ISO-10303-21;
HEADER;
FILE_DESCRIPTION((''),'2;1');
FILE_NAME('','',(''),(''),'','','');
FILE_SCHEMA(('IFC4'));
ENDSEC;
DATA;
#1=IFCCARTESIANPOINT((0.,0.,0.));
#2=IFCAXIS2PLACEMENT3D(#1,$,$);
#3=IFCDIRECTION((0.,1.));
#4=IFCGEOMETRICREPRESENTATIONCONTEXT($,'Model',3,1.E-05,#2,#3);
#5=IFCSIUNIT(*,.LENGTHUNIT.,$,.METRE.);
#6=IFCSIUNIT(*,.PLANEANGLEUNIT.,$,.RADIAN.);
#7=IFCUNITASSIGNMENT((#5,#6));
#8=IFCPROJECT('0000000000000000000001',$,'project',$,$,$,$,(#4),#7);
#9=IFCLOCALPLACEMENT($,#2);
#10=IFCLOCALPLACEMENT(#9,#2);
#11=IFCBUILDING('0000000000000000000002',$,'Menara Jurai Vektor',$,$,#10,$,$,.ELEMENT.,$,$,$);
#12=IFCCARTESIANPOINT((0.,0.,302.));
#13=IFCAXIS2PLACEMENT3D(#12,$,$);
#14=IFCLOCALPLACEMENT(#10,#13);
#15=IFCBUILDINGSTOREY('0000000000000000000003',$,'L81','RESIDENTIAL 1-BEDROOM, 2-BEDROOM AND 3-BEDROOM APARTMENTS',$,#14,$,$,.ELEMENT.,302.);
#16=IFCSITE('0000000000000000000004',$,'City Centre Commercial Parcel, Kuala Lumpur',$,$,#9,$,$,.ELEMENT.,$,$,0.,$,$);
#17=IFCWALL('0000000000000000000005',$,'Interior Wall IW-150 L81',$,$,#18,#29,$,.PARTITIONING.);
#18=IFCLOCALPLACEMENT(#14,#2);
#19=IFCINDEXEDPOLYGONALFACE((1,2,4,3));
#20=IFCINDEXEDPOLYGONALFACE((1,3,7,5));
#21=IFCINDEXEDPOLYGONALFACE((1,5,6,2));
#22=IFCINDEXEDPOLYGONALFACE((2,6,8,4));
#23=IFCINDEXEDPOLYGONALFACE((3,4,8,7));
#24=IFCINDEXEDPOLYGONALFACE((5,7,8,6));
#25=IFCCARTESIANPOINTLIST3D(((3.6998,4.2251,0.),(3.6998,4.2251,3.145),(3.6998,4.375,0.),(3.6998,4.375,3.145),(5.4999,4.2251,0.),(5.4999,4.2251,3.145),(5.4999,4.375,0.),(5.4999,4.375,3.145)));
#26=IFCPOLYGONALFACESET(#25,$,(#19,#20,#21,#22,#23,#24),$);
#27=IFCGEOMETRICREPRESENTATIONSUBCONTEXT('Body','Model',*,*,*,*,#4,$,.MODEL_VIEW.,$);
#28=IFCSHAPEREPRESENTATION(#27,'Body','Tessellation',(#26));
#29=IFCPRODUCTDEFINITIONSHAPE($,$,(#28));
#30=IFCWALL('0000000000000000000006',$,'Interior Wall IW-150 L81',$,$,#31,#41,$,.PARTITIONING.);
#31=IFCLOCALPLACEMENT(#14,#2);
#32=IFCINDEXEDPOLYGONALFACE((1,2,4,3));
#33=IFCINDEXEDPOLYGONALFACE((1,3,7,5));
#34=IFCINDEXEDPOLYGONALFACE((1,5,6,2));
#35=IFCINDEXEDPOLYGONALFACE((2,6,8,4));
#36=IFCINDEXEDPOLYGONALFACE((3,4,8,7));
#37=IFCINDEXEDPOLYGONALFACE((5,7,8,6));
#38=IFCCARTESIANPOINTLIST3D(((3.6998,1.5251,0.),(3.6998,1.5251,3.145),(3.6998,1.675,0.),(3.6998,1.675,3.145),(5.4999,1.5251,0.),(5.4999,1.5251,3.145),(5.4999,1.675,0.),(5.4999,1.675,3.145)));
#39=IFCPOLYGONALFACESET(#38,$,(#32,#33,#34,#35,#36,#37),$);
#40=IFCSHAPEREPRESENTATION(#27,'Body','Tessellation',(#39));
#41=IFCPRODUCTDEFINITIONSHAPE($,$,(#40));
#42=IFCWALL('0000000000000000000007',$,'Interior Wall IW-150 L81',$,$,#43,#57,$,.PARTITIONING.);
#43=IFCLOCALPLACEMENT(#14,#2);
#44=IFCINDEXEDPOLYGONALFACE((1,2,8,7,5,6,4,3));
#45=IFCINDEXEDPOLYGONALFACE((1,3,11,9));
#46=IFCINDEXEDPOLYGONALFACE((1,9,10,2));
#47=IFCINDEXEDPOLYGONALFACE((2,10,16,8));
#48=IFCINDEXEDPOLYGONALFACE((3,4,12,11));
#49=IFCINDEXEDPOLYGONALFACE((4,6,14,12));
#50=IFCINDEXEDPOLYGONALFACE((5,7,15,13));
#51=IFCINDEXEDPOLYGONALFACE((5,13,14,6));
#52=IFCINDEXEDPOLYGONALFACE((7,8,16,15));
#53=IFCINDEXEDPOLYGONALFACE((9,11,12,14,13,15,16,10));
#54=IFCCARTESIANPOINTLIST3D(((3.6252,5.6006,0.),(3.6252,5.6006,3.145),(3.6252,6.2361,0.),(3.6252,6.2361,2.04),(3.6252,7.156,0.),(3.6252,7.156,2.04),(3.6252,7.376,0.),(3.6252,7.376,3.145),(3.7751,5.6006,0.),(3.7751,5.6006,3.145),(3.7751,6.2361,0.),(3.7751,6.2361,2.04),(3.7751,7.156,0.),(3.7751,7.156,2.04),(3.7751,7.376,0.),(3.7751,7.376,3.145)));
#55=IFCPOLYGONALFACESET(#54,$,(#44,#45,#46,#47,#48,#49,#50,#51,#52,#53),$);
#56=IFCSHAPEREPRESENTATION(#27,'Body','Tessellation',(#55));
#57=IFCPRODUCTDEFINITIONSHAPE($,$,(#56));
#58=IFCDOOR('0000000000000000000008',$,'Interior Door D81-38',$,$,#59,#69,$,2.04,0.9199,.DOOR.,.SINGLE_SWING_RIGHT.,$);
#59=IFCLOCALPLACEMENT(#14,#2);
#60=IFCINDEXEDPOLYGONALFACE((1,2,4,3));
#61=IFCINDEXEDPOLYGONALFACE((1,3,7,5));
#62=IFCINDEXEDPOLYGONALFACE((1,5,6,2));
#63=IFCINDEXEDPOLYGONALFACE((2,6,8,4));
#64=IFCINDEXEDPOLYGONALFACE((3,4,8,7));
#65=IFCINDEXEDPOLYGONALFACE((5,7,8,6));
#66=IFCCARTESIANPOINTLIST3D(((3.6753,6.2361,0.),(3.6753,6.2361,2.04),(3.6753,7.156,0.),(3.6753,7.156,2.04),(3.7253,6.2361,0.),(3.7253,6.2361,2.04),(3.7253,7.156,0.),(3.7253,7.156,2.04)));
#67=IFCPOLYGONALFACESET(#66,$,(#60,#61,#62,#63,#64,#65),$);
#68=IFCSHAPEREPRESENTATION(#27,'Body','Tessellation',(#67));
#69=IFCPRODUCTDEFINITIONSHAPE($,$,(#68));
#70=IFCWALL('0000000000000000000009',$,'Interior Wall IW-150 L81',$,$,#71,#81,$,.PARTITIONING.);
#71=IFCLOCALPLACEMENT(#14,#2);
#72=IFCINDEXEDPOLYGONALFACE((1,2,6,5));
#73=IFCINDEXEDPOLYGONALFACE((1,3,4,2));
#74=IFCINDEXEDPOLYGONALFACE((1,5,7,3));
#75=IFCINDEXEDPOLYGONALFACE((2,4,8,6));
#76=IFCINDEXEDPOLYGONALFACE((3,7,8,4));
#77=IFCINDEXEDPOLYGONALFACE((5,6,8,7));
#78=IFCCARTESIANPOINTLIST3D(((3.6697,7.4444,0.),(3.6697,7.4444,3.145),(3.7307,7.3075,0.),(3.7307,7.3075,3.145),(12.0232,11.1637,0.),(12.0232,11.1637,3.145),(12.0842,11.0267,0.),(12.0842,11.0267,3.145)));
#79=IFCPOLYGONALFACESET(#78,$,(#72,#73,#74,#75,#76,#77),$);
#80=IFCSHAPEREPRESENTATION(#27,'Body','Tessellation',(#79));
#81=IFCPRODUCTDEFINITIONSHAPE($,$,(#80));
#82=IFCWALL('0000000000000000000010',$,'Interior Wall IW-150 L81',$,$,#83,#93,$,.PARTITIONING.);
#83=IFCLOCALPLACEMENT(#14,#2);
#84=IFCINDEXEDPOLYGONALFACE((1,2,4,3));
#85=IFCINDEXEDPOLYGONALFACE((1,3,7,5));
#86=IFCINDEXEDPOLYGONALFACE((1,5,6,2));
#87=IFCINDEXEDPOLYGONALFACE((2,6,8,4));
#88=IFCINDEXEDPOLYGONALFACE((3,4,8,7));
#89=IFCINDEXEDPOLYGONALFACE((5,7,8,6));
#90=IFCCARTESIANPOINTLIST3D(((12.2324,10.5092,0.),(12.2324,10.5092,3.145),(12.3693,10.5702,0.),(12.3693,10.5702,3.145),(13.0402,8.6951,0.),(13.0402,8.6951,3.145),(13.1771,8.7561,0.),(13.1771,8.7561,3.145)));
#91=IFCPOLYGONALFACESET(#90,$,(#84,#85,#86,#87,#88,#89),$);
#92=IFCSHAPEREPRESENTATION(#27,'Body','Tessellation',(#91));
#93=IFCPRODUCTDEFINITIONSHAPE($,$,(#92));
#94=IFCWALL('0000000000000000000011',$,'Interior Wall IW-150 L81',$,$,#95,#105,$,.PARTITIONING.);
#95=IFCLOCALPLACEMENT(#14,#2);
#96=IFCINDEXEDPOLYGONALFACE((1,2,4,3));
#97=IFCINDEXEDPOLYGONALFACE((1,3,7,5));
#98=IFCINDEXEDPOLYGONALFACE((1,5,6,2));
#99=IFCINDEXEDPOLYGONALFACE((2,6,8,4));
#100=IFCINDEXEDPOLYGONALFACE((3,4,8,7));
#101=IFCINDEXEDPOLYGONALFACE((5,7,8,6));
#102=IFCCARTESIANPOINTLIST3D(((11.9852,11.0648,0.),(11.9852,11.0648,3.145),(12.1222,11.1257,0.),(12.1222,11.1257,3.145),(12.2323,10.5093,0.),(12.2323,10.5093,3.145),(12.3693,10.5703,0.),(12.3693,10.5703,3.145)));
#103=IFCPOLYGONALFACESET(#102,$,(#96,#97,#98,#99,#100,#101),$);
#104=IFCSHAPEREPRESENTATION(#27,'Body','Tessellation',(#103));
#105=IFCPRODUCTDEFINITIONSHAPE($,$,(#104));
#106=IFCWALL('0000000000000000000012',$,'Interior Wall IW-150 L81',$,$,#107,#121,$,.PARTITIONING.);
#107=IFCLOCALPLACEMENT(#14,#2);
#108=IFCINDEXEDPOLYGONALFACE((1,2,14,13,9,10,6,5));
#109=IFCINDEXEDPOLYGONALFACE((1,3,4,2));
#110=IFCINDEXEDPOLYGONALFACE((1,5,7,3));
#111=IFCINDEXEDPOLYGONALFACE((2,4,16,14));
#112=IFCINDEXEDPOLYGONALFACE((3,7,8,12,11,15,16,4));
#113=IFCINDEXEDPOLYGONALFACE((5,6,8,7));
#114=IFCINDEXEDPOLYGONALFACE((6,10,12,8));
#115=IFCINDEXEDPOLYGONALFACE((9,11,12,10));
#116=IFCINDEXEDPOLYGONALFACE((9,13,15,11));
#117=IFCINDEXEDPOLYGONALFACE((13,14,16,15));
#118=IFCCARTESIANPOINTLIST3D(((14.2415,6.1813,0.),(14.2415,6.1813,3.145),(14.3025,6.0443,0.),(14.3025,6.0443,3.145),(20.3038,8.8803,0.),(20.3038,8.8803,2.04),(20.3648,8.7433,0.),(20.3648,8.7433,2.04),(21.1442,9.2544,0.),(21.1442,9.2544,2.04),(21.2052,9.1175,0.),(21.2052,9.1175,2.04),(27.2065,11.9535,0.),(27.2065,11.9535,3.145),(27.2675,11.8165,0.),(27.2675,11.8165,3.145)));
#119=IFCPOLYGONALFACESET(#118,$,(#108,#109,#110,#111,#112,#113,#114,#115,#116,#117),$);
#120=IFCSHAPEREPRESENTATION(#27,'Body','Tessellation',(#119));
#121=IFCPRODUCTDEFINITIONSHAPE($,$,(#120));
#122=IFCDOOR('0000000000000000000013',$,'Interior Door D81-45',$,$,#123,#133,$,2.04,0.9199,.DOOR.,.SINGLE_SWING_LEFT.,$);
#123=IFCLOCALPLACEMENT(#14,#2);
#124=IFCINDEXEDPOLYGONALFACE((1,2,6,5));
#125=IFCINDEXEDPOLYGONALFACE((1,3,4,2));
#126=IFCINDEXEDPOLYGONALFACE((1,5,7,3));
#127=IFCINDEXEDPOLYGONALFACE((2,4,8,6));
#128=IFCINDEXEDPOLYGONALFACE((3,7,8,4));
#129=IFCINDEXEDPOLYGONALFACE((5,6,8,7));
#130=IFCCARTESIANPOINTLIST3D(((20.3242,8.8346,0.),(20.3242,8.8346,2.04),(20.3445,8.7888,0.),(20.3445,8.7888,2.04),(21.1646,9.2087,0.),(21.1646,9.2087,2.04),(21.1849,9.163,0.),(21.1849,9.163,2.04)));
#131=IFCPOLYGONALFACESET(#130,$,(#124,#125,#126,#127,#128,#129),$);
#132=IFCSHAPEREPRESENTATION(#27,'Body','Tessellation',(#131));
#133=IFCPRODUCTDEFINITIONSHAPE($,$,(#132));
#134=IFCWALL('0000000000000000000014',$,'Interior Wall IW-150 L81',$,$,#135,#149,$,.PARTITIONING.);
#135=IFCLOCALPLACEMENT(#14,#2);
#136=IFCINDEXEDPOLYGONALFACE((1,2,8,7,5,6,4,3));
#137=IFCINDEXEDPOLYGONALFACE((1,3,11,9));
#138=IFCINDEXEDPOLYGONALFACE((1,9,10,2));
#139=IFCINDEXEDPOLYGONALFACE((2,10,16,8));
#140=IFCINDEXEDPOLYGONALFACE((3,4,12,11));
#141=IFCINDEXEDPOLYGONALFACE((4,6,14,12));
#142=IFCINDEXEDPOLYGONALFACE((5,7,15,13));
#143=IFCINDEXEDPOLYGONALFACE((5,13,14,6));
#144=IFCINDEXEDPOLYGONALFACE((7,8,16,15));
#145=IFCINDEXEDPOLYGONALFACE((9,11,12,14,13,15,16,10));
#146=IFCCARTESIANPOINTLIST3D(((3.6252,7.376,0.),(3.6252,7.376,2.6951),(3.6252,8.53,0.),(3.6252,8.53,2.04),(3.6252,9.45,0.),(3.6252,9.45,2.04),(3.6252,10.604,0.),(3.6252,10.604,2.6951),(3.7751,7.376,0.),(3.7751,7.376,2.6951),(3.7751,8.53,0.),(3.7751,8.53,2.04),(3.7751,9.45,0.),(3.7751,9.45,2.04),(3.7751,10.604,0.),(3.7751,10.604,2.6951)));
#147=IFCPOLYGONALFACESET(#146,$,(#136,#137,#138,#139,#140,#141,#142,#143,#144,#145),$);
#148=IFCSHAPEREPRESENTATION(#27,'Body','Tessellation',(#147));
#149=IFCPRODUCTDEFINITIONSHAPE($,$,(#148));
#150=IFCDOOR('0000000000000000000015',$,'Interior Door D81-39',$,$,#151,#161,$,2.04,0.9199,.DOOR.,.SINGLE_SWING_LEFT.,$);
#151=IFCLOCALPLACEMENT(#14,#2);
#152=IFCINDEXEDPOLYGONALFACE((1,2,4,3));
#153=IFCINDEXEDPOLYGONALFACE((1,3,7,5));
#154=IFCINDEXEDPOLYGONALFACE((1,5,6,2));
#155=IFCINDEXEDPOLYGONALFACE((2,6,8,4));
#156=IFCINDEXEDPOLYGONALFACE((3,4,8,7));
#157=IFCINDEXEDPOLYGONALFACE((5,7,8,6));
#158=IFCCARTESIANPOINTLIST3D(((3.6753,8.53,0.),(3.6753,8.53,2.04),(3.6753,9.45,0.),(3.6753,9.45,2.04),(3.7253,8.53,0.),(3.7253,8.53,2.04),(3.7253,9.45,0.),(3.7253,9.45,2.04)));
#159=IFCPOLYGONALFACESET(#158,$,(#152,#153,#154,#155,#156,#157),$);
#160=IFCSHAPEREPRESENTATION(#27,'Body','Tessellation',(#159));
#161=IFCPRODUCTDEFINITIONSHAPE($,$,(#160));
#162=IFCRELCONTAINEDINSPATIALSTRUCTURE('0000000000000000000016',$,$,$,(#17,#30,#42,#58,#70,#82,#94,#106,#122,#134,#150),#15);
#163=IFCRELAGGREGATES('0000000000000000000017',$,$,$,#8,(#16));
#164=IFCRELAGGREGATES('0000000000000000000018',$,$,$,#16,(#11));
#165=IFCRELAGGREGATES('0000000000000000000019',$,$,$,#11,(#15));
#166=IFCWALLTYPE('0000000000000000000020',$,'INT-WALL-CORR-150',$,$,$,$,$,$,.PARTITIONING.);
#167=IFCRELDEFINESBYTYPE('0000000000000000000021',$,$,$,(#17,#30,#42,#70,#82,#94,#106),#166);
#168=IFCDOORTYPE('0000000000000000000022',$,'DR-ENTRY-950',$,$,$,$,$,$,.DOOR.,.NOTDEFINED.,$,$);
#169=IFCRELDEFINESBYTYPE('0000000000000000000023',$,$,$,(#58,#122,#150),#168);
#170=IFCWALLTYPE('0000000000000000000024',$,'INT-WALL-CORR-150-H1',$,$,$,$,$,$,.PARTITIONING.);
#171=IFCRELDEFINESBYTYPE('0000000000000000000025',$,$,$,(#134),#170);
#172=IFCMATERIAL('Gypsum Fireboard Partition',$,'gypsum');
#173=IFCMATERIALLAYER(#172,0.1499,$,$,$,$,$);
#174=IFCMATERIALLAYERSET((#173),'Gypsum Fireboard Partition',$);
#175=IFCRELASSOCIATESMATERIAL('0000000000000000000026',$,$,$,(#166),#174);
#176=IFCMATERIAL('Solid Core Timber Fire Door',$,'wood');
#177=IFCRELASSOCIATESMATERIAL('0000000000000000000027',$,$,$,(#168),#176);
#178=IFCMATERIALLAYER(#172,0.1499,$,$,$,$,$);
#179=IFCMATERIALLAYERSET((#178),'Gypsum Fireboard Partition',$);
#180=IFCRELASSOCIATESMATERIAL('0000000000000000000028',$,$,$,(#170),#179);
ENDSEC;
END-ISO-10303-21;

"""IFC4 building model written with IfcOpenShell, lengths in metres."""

from ifc_helpers import new_model, si_unit, direction, frame, frame_2d, origin, place, context, subcontext, project, spatial, rectangle, extrude, material, layer, layer_set, type_object, element, fill, save


model = new_model("IFC4")

# Units and contexts
model_context = context("Model", 3, precision=1e-05, world=origin(), true_north=direction((0.0, 1.0)))
body_context = subcontext(model_context, "Body", "Model", "MODEL_VIEW")
ifc_project = project(units=[si_unit("LENGTHUNIT", "METRE"), si_unit("PLANEANGLEUNIT", "RADIAN")], contexts=[model_context])

# Site, building, storey
site_placement = place(None, origin())
site = spatial("IfcSite", under=ifc_project, at=site_placement, Name="City Centre Commercial Parcel, Kuala Lumpur", CompositionType="ELEMENT", RefElevation=0.0)
building_placement = place(site_placement, origin())
building = spatial("IfcBuilding", under=site, at=building_placement, Name="Menara Jurai Vektor", CompositionType="ELEMENT")
storey_placement = place(building_placement, frame((0.0, 0.0, 302.0)))
storey = spatial("IfcBuildingStorey", under=building, at=storey_placement, Name="L81", Description="RESIDENTIAL 1-BEDROOM, 2-BEDROOM AND 3-BEDROOM APARTMENTS", CompositionType="ELEMENT", Elevation=302.0)

# Walls
ifc_material_1 = material(Name="Gypsum Fireboard Partition", Category="gypsum")
ifc_layer_1 = layer(ifc_material_1, 0.1499)
ifc_layer_set_1 = layer_set([ifc_layer_1], Name="Gypsum Fireboard Partition")
wall_type_1 = type_object("IfcWallType", Name="INT-WALL-CORR-150", PredefinedType="PARTITIONING", material=ifc_layer_set_1)
for number, where, z_axis, x_axis, name in (
    (1, (3.7, 4.3, 0.0), (0.0, 0.0, 1.0), (1.0, 0.0, 0.0), "Interior Wall IW-150 L81"),
    (2, (3.7, 1.6001, 0.0), (0.0, 0.0, 1.0), (1.0, 0.0, 0.0), "Interior Wall IW-150 L81"),
):
    element("IfcWall", number, at=place(storey_placement, frame(where, z_axis=z_axis, x_axis=x_axis)), inside=storey, type_object=wall_type_1, Name=name, PredefinedType="PARTITIONING", context=body_context, shape_type="SweptSolid", body=[
        extrude(rectangle(XDim=1.8, YDim=0.1499, at=frame_2d((0.8999, 0.0))), origin(), (0.0, 0.0, 1.0), 3.145),
    ])

# Wall, opening, door
wall_1_placement = place(storey_placement, frame((3.7002, 5.6006, 0.0), z_axis=(0.0, 0.0, 1.0), x_axis=(0.0, 1.0, 0.0)))
wall_1 = element("IfcWall", 3, at=wall_1_placement, inside=storey, type_object=wall_type_1, Name="Interior Wall IW-150 L81", PredefinedType="PARTITIONING", context=body_context, shape_type="SweptSolid", body=[
    extrude(rectangle(XDim=1.7754, YDim=0.1499, at=frame_2d((0.8877, 0.0))), origin(), (0.0, 0.0, 1.0), 3.145),
])
opening_1_placement = place(wall_1_placement, frame((0.6355, 0.0, 0.0)))
opening_1 = element("IfcOpeningElement", 4, at=opening_1_placement, cuts=wall_1, PredefinedType="OPENING", context=body_context, shape_type="SweptSolid", body=[
    extrude(rectangle(XDim=0.9199, YDim=2.04, at=frame_2d((0.46, 1.02))), frame((0.0, 0.085, 0.0), z_axis=(0.0, -1.0, 0.0), x_axis=(1.0, 0.0, 0.0)), (0.0, 0.0, 1.0), 0.1699),
])
ifc_material_2 = material(Name="Solid Core Timber Fire Door", Category="wood")
door_type_1 = type_object("IfcDoorType", Name="DR-ENTRY-950", OperationType="NOTDEFINED", PredefinedType="DOOR", material=ifc_material_2)
door_1_placement = place(opening_1_placement, origin())
door_1 = element("IfcDoor", 5, at=door_1_placement, inside=storey, type_object=door_type_1, Name="Interior Door D81-38", OperationType="SINGLE_SWING_RIGHT", OverallHeight=2.04, OverallWidth=0.9199, PredefinedType="DOOR", context=body_context, shape_type="SweptSolid", body=[
    extrude(rectangle(XDim=0.9199, YDim=2.04, at=frame_2d((0.46, 1.02))), frame((0.0, 0.0249, 0.0), z_axis=(0.0, -1.0, 0.0), x_axis=(1.0, 0.0, 0.0)), (0.0, 0.0, 1.0), 0.05),
])
fill(opening_1, door_1)

# Walls
wall_2_placement = place(storey_placement, frame((3.7002, 7.376, 0.0), z_axis=(0.0, 0.0, 1.0), x_axis=(0.913545, 0.406738, 0.0)))
element("IfcWall", 6, at=wall_2_placement, inside=storey, type_object=wall_type_1, Name="Interior Wall IW-150 L81", PredefinedType="PARTITIONING", context=body_context, shape_type="SweptSolid", body=[
    extrude(rectangle(XDim=9.144, YDim=0.1499, at=frame_2d((4.572, 0.0))), origin(), (0.0, 0.0, 1.0), 3.145),
])
wall_3_placement = place(storey_placement, frame((13.1086, 8.7256, 0.0), z_axis=(0.0, 0.0, 1.0), x_axis=(-0.406789, 0.913522, 0.0)))
element("IfcWall", 7, at=wall_3_placement, inside=storey, type_object=wall_type_1, Name="Interior Wall IW-150 L81", PredefinedType="PARTITIONING", context=body_context, shape_type="SweptSolid", body=[
    extrude(rectangle(XDim=1.9858, YDim=0.1499, at=frame_2d((0.9929, 0.0))), origin(), (0.0, 0.0, 1.0), 3.145),
])
wall_4_placement = place(storey_placement, frame((12.3008, 10.5398, 0.0), z_axis=(0.0, 0.0, 1.0), x_axis=(-0.406437, 0.913679, 0.0)))
element("IfcWall", 8, at=wall_4_placement, inside=storey, type_object=wall_type_1, Name="Interior Wall IW-150 L81", PredefinedType="PARTITIONING", context=body_context, shape_type="SweptSolid", body=[
    extrude(rectangle(XDim=0.6079, YDim=0.1499, at=frame_2d((0.304, 0.0))), origin(), (0.0, 0.0, 1.0), 3.145),
])

# Walls, openings, doors
wall_5_placement = place(storey_placement, frame((14.272, 6.1128, 0.0), z_axis=(0.0, 0.0, 1.0), x_axis=(0.913551, 0.406724, 0.0)))
wall_5 = element("IfcWall", 9, at=wall_5_placement, inside=storey, type_object=wall_type_1, Name="Interior Wall IW-150 L81", PredefinedType="PARTITIONING", context=body_context, shape_type="SweptSolid", body=[
    extrude(rectangle(XDim=14.1919, YDim=0.1499, at=frame_2d((7.0959, 0.0))), origin(), (0.0, 0.0, 1.0), 3.145),
])
opening_2_placement = place(wall_5_placement, frame((6.636, 0.0, 0.0)))
opening_2 = element("IfcOpeningElement", 10, at=opening_2_placement, cuts=wall_5, PredefinedType="OPENING", context=body_context, shape_type="SweptSolid", body=[
    extrude(rectangle(XDim=0.9199, YDim=2.04, at=frame_2d((0.46, 1.02))), frame((0.0, 0.085, 0.0), z_axis=(0.0, -1.0, 0.0), x_axis=(1.0, 0.0, 0.0)), (0.0, 0.0, 1.0), 0.1699),
])
door_2_placement = place(opening_2_placement, origin())
door_2 = element("IfcDoor", 11, at=door_2_placement, inside=storey, type_object=door_type_1, Name="Interior Door D81-45", OperationType="SINGLE_SWING_LEFT", OverallHeight=2.04, OverallWidth=0.9199, PredefinedType="DOOR", context=body_context, shape_type="SweptSolid", body=[
    extrude(rectangle(XDim=0.9199, YDim=2.04, at=frame_2d((0.46, 1.02))), frame((0.0, 0.0249, 0.0), z_axis=(0.0, -1.0, 0.0), x_axis=(1.0, 0.0, 0.0)), (0.0, 0.0, 1.0), 0.05),
])
fill(opening_2, door_2)
ifc_layer_2 = layer(ifc_material_1, 0.1499)
ifc_layer_set_2 = layer_set([ifc_layer_2], Name="Gypsum Fireboard Partition")
wall_type_2 = type_object("IfcWallType", Name="INT-WALL-CORR-150-H1", PredefinedType="PARTITIONING", material=ifc_layer_set_2)
wall_6_placement = place(storey_placement, frame((3.7002, 7.376, 0.0), z_axis=(0.0, 0.0, 1.0), x_axis=(0.0, 1.0, 0.0)))
wall_6 = element("IfcWall", 12, at=wall_6_placement, inside=storey, type_object=wall_type_2, Name="Interior Wall IW-150 L81", PredefinedType="PARTITIONING", context=body_context, shape_type="SweptSolid", body=[
    extrude(rectangle(XDim=3.228, YDim=0.1499, at=frame_2d((1.614, 0.0))), origin(), (0.0, 0.0, 1.0), 2.6951),
])
opening_3_placement = place(wall_6_placement, frame((1.1541, 0.0, 0.0)))
opening_3 = element("IfcOpeningElement", 13, at=opening_3_placement, cuts=wall_6, PredefinedType="OPENING", context=body_context, shape_type="SweptSolid", body=[
    extrude(rectangle(XDim=0.9199, YDim=2.04, at=frame_2d((0.46, 1.02))), frame((0.0, 0.085, 0.0), z_axis=(0.0, -1.0, 0.0), x_axis=(1.0, 0.0, 0.0)), (0.0, 0.0, 1.0), 0.1699),
])
door_3_placement = place(opening_3_placement, origin())
door_3 = element("IfcDoor", 14, at=door_3_placement, inside=storey, type_object=door_type_1, Name="Interior Door D81-39", OperationType="SINGLE_SWING_LEFT", OverallHeight=2.04, OverallWidth=0.9199, PredefinedType="DOOR", context=body_context, shape_type="SweptSolid", body=[
    extrude(rectangle(XDim=0.9199, YDim=2.04, at=frame_2d((0.46, 1.02))), frame((0.0, 0.0249, 0.0), z_axis=(0.0, -1.0, 0.0), x_axis=(1.0, 0.0, 0.0)), (0.0, 0.0, 1.0), 0.05),
])
fill(opening_3, door_3)

save(model, "model.ifc")
